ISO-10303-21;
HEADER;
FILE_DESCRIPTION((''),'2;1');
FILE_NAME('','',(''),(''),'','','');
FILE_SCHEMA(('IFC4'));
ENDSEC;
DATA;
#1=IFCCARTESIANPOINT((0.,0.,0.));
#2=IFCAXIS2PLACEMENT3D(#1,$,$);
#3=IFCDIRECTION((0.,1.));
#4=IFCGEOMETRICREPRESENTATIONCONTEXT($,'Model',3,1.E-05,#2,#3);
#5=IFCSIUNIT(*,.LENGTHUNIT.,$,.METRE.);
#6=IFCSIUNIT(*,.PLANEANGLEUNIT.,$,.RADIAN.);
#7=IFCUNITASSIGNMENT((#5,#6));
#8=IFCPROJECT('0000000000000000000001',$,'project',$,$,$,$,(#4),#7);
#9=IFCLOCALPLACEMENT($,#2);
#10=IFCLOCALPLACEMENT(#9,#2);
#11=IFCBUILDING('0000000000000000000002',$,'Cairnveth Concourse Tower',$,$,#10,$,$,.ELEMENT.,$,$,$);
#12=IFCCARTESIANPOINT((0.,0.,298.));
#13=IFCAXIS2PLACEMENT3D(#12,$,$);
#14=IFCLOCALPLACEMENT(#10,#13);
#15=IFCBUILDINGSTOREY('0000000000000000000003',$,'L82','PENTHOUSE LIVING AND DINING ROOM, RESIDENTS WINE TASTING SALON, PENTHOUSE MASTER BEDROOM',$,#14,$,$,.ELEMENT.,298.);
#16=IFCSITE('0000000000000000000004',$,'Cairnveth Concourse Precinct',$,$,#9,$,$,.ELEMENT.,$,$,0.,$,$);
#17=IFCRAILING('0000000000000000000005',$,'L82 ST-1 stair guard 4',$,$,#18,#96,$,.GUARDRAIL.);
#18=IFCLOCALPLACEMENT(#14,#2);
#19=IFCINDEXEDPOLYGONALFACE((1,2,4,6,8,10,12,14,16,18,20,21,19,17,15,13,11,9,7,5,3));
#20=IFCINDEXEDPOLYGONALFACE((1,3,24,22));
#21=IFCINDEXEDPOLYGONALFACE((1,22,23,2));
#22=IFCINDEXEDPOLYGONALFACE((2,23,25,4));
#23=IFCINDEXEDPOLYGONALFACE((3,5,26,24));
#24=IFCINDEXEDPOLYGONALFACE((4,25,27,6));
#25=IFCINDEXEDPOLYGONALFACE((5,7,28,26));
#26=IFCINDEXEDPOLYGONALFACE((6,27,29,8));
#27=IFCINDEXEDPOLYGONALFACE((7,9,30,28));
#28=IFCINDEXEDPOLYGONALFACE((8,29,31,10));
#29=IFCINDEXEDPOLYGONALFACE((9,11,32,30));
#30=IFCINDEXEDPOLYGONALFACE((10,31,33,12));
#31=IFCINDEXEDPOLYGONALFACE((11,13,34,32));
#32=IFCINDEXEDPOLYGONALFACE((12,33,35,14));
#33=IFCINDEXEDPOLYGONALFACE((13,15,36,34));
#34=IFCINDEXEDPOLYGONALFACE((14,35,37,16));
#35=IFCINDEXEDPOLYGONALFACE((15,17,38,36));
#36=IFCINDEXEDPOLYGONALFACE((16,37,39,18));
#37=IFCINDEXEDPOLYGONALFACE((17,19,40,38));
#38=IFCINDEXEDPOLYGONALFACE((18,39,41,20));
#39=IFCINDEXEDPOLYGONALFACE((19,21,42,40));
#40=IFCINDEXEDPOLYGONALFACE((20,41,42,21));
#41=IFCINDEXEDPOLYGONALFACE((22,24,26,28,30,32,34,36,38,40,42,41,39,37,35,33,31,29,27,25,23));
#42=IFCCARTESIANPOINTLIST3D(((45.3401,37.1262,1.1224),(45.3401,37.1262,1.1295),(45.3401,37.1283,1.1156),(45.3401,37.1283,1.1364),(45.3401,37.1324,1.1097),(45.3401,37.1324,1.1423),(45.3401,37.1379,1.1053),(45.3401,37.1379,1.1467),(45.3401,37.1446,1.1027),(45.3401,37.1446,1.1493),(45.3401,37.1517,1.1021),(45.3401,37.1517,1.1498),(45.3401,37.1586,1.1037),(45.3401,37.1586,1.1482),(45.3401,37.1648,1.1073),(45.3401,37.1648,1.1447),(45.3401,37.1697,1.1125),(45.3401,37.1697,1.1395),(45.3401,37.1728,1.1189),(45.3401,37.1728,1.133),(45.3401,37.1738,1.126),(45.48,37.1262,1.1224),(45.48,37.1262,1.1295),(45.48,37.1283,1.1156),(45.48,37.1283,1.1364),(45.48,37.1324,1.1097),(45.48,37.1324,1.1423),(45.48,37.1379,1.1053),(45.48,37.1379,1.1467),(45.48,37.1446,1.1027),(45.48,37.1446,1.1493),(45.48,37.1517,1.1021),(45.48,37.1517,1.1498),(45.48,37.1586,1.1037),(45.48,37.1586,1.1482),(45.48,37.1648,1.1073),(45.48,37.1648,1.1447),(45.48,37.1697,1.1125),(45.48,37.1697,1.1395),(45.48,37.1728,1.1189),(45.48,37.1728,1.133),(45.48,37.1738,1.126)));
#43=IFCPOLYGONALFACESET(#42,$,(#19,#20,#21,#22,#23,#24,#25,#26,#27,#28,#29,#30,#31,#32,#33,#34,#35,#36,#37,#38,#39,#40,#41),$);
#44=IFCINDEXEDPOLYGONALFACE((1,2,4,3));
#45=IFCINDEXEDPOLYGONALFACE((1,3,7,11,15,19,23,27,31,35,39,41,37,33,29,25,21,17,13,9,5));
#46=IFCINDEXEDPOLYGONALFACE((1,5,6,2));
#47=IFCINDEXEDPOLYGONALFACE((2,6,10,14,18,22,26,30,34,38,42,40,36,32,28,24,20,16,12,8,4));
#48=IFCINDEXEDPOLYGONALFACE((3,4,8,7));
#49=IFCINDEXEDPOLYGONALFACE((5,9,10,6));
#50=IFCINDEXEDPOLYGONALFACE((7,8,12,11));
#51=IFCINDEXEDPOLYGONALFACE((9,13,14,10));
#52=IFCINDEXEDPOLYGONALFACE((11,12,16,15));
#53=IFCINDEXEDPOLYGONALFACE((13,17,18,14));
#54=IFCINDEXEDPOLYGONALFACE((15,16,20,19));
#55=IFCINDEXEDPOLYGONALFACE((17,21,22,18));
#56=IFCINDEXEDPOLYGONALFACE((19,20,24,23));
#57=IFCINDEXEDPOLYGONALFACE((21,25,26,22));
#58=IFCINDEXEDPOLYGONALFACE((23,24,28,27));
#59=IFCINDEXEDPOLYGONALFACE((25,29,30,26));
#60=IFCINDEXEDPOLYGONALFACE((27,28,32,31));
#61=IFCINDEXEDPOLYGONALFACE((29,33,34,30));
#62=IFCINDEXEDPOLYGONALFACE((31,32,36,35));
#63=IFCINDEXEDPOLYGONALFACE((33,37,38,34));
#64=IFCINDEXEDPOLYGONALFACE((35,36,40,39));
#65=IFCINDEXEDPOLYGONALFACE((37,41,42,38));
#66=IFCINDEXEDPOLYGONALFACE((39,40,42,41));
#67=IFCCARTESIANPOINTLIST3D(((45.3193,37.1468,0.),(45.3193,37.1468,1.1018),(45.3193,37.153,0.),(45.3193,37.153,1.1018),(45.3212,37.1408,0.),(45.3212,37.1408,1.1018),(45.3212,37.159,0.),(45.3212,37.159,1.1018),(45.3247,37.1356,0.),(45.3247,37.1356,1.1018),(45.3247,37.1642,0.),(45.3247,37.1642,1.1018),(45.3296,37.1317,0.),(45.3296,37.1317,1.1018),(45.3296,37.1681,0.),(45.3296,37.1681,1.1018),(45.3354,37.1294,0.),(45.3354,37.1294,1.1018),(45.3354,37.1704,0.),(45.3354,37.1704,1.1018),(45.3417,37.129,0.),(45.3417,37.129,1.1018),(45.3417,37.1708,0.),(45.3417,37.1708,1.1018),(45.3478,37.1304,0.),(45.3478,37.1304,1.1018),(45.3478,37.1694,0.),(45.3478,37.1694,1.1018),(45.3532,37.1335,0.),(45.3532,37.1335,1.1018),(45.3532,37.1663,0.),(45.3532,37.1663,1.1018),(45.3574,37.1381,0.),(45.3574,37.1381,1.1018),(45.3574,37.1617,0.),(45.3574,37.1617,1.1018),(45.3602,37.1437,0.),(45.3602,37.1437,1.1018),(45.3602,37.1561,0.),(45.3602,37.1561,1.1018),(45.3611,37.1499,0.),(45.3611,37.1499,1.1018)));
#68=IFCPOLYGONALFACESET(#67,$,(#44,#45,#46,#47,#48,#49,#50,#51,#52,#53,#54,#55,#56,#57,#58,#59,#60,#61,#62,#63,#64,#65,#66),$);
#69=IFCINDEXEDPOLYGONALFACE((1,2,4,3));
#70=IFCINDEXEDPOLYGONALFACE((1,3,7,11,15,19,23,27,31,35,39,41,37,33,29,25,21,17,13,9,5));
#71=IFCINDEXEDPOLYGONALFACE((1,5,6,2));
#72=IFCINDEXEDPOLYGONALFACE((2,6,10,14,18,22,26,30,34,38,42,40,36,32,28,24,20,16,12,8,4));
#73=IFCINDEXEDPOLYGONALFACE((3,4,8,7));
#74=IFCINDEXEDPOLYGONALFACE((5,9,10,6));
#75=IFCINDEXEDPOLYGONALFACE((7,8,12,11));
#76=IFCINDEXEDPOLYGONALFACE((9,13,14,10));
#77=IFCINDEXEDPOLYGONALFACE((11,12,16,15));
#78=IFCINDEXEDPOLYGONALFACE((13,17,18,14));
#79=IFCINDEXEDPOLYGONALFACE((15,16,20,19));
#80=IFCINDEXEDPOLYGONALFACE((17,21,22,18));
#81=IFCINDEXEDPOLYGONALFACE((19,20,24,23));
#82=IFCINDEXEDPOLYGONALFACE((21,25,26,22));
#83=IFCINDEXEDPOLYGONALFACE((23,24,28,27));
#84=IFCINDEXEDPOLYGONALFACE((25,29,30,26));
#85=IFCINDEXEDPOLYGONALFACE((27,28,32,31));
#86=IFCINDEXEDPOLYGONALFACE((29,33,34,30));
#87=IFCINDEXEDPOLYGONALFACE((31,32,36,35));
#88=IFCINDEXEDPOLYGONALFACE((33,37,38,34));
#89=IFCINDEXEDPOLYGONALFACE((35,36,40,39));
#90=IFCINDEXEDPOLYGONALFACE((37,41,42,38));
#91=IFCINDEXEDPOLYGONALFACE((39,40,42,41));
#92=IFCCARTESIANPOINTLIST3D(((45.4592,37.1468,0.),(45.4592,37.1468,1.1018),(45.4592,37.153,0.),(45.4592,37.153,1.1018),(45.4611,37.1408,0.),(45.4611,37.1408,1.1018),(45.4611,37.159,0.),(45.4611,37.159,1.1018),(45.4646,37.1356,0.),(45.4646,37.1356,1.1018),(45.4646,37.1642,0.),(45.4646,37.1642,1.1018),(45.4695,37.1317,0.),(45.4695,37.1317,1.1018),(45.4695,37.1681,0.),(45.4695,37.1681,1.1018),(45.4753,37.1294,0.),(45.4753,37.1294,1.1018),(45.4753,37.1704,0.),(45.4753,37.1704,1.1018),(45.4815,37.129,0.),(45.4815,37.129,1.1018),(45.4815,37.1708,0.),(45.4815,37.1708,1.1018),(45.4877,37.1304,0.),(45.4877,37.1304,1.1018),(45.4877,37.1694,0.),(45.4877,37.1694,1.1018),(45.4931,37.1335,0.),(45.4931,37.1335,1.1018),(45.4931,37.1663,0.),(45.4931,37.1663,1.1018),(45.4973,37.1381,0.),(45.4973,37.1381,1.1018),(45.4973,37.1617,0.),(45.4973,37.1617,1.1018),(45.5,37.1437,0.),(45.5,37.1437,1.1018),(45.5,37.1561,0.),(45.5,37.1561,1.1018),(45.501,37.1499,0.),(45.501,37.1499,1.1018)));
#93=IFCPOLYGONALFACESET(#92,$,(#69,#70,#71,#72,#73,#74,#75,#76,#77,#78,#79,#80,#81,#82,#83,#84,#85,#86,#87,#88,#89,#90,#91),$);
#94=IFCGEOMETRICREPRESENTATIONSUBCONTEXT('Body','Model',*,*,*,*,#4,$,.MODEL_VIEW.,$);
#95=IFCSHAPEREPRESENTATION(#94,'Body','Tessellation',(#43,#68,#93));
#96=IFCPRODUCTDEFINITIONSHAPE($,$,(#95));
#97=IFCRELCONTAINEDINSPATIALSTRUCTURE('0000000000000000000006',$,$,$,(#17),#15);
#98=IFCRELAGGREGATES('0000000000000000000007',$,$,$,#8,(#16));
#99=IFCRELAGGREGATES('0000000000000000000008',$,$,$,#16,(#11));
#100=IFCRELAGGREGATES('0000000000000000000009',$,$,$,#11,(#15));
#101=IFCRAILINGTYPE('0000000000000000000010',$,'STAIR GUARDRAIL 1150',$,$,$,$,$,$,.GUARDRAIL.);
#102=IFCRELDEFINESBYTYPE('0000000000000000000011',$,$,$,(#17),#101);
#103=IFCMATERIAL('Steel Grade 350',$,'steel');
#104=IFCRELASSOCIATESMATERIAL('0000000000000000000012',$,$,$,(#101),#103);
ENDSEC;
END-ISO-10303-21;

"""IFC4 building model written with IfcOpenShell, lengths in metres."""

from ifc_helpers import new_model, si_unit, direction, frame, origin, origin_2d, place, context, subcontext, project, spatial, circle, extrude, material, type_object, element, save


model = new_model("IFC4")

# Units and contexts
model_context = context("Model", 3, precision=1e-05, world=origin(), true_north=direction((0.0, 1.0)))
body_context = subcontext(model_context, "Body", "Model", "MODEL_VIEW")
ifc_project = project(units=[si_unit("LENGTHUNIT", "METRE"), si_unit("PLANEANGLEUNIT", "RADIAN")], contexts=[model_context])

# Site, building, storey
site_placement = place(None, origin())
site = spatial("IfcSite", under=ifc_project, at=site_placement, Name="Cairnveth Concourse Precinct", CompositionType="ELEMENT", RefElevation=0.0)
building_placement = place(site_placement, origin())
building = spatial("IfcBuilding", under=site, at=building_placement, Name="Cairnveth Concourse Tower", CompositionType="ELEMENT")
storey_placement = place(building_placement, frame((0.0, 0.0, 298.0)))
storey = spatial("IfcBuildingStorey", under=building, at=storey_placement, Name="L82", Description="PENTHOUSE LIVING AND DINING ROOM, RESIDENTS WINE TASTING SALON, PENTHOUSE MASTER BEDROOM", CompositionType="ELEMENT", Elevation=298.0)

# Shared definitions
ifc_material_1 = material(Name="Steel Grade 350", Category="steel")

# Railing
railing_type_1 = type_object("IfcRailingType", Name="STAIR GUARDRAIL 1150", PredefinedType="GUARDRAIL", material=ifc_material_1)
railing_1_placement = place(storey_placement, frame((45.3401, 37.1499, 0.0)))
element("IfcRailing", 1, at=railing_1_placement, inside=storey, type_object=railing_type_1, Name="L82 ST-1 stair guard 4", PredefinedType="GUARDRAIL", context=body_context, shape_type="SweptSolid", body=[
    extrude(circle(Radius=0.0239, at=origin_2d()), frame((0.0, 0.0, 1.126), z_axis=(1.0, 0.0, 0.0), x_axis=(0.0, 1.0, 0.0)), (0.0, 0.0, 1.0), 0.1399),
    extrude(circle(Radius=0.021, at=origin_2d()), origin(), (0.0, 0.0, 1.0), 1.1018),
    extrude(circle(Radius=0.021, at=origin_2d()), frame((0.1399, 0.0, 0.0)), (0.0, 0.0, 1.0), 1.1018),
])

save(model, "model.ifc")
